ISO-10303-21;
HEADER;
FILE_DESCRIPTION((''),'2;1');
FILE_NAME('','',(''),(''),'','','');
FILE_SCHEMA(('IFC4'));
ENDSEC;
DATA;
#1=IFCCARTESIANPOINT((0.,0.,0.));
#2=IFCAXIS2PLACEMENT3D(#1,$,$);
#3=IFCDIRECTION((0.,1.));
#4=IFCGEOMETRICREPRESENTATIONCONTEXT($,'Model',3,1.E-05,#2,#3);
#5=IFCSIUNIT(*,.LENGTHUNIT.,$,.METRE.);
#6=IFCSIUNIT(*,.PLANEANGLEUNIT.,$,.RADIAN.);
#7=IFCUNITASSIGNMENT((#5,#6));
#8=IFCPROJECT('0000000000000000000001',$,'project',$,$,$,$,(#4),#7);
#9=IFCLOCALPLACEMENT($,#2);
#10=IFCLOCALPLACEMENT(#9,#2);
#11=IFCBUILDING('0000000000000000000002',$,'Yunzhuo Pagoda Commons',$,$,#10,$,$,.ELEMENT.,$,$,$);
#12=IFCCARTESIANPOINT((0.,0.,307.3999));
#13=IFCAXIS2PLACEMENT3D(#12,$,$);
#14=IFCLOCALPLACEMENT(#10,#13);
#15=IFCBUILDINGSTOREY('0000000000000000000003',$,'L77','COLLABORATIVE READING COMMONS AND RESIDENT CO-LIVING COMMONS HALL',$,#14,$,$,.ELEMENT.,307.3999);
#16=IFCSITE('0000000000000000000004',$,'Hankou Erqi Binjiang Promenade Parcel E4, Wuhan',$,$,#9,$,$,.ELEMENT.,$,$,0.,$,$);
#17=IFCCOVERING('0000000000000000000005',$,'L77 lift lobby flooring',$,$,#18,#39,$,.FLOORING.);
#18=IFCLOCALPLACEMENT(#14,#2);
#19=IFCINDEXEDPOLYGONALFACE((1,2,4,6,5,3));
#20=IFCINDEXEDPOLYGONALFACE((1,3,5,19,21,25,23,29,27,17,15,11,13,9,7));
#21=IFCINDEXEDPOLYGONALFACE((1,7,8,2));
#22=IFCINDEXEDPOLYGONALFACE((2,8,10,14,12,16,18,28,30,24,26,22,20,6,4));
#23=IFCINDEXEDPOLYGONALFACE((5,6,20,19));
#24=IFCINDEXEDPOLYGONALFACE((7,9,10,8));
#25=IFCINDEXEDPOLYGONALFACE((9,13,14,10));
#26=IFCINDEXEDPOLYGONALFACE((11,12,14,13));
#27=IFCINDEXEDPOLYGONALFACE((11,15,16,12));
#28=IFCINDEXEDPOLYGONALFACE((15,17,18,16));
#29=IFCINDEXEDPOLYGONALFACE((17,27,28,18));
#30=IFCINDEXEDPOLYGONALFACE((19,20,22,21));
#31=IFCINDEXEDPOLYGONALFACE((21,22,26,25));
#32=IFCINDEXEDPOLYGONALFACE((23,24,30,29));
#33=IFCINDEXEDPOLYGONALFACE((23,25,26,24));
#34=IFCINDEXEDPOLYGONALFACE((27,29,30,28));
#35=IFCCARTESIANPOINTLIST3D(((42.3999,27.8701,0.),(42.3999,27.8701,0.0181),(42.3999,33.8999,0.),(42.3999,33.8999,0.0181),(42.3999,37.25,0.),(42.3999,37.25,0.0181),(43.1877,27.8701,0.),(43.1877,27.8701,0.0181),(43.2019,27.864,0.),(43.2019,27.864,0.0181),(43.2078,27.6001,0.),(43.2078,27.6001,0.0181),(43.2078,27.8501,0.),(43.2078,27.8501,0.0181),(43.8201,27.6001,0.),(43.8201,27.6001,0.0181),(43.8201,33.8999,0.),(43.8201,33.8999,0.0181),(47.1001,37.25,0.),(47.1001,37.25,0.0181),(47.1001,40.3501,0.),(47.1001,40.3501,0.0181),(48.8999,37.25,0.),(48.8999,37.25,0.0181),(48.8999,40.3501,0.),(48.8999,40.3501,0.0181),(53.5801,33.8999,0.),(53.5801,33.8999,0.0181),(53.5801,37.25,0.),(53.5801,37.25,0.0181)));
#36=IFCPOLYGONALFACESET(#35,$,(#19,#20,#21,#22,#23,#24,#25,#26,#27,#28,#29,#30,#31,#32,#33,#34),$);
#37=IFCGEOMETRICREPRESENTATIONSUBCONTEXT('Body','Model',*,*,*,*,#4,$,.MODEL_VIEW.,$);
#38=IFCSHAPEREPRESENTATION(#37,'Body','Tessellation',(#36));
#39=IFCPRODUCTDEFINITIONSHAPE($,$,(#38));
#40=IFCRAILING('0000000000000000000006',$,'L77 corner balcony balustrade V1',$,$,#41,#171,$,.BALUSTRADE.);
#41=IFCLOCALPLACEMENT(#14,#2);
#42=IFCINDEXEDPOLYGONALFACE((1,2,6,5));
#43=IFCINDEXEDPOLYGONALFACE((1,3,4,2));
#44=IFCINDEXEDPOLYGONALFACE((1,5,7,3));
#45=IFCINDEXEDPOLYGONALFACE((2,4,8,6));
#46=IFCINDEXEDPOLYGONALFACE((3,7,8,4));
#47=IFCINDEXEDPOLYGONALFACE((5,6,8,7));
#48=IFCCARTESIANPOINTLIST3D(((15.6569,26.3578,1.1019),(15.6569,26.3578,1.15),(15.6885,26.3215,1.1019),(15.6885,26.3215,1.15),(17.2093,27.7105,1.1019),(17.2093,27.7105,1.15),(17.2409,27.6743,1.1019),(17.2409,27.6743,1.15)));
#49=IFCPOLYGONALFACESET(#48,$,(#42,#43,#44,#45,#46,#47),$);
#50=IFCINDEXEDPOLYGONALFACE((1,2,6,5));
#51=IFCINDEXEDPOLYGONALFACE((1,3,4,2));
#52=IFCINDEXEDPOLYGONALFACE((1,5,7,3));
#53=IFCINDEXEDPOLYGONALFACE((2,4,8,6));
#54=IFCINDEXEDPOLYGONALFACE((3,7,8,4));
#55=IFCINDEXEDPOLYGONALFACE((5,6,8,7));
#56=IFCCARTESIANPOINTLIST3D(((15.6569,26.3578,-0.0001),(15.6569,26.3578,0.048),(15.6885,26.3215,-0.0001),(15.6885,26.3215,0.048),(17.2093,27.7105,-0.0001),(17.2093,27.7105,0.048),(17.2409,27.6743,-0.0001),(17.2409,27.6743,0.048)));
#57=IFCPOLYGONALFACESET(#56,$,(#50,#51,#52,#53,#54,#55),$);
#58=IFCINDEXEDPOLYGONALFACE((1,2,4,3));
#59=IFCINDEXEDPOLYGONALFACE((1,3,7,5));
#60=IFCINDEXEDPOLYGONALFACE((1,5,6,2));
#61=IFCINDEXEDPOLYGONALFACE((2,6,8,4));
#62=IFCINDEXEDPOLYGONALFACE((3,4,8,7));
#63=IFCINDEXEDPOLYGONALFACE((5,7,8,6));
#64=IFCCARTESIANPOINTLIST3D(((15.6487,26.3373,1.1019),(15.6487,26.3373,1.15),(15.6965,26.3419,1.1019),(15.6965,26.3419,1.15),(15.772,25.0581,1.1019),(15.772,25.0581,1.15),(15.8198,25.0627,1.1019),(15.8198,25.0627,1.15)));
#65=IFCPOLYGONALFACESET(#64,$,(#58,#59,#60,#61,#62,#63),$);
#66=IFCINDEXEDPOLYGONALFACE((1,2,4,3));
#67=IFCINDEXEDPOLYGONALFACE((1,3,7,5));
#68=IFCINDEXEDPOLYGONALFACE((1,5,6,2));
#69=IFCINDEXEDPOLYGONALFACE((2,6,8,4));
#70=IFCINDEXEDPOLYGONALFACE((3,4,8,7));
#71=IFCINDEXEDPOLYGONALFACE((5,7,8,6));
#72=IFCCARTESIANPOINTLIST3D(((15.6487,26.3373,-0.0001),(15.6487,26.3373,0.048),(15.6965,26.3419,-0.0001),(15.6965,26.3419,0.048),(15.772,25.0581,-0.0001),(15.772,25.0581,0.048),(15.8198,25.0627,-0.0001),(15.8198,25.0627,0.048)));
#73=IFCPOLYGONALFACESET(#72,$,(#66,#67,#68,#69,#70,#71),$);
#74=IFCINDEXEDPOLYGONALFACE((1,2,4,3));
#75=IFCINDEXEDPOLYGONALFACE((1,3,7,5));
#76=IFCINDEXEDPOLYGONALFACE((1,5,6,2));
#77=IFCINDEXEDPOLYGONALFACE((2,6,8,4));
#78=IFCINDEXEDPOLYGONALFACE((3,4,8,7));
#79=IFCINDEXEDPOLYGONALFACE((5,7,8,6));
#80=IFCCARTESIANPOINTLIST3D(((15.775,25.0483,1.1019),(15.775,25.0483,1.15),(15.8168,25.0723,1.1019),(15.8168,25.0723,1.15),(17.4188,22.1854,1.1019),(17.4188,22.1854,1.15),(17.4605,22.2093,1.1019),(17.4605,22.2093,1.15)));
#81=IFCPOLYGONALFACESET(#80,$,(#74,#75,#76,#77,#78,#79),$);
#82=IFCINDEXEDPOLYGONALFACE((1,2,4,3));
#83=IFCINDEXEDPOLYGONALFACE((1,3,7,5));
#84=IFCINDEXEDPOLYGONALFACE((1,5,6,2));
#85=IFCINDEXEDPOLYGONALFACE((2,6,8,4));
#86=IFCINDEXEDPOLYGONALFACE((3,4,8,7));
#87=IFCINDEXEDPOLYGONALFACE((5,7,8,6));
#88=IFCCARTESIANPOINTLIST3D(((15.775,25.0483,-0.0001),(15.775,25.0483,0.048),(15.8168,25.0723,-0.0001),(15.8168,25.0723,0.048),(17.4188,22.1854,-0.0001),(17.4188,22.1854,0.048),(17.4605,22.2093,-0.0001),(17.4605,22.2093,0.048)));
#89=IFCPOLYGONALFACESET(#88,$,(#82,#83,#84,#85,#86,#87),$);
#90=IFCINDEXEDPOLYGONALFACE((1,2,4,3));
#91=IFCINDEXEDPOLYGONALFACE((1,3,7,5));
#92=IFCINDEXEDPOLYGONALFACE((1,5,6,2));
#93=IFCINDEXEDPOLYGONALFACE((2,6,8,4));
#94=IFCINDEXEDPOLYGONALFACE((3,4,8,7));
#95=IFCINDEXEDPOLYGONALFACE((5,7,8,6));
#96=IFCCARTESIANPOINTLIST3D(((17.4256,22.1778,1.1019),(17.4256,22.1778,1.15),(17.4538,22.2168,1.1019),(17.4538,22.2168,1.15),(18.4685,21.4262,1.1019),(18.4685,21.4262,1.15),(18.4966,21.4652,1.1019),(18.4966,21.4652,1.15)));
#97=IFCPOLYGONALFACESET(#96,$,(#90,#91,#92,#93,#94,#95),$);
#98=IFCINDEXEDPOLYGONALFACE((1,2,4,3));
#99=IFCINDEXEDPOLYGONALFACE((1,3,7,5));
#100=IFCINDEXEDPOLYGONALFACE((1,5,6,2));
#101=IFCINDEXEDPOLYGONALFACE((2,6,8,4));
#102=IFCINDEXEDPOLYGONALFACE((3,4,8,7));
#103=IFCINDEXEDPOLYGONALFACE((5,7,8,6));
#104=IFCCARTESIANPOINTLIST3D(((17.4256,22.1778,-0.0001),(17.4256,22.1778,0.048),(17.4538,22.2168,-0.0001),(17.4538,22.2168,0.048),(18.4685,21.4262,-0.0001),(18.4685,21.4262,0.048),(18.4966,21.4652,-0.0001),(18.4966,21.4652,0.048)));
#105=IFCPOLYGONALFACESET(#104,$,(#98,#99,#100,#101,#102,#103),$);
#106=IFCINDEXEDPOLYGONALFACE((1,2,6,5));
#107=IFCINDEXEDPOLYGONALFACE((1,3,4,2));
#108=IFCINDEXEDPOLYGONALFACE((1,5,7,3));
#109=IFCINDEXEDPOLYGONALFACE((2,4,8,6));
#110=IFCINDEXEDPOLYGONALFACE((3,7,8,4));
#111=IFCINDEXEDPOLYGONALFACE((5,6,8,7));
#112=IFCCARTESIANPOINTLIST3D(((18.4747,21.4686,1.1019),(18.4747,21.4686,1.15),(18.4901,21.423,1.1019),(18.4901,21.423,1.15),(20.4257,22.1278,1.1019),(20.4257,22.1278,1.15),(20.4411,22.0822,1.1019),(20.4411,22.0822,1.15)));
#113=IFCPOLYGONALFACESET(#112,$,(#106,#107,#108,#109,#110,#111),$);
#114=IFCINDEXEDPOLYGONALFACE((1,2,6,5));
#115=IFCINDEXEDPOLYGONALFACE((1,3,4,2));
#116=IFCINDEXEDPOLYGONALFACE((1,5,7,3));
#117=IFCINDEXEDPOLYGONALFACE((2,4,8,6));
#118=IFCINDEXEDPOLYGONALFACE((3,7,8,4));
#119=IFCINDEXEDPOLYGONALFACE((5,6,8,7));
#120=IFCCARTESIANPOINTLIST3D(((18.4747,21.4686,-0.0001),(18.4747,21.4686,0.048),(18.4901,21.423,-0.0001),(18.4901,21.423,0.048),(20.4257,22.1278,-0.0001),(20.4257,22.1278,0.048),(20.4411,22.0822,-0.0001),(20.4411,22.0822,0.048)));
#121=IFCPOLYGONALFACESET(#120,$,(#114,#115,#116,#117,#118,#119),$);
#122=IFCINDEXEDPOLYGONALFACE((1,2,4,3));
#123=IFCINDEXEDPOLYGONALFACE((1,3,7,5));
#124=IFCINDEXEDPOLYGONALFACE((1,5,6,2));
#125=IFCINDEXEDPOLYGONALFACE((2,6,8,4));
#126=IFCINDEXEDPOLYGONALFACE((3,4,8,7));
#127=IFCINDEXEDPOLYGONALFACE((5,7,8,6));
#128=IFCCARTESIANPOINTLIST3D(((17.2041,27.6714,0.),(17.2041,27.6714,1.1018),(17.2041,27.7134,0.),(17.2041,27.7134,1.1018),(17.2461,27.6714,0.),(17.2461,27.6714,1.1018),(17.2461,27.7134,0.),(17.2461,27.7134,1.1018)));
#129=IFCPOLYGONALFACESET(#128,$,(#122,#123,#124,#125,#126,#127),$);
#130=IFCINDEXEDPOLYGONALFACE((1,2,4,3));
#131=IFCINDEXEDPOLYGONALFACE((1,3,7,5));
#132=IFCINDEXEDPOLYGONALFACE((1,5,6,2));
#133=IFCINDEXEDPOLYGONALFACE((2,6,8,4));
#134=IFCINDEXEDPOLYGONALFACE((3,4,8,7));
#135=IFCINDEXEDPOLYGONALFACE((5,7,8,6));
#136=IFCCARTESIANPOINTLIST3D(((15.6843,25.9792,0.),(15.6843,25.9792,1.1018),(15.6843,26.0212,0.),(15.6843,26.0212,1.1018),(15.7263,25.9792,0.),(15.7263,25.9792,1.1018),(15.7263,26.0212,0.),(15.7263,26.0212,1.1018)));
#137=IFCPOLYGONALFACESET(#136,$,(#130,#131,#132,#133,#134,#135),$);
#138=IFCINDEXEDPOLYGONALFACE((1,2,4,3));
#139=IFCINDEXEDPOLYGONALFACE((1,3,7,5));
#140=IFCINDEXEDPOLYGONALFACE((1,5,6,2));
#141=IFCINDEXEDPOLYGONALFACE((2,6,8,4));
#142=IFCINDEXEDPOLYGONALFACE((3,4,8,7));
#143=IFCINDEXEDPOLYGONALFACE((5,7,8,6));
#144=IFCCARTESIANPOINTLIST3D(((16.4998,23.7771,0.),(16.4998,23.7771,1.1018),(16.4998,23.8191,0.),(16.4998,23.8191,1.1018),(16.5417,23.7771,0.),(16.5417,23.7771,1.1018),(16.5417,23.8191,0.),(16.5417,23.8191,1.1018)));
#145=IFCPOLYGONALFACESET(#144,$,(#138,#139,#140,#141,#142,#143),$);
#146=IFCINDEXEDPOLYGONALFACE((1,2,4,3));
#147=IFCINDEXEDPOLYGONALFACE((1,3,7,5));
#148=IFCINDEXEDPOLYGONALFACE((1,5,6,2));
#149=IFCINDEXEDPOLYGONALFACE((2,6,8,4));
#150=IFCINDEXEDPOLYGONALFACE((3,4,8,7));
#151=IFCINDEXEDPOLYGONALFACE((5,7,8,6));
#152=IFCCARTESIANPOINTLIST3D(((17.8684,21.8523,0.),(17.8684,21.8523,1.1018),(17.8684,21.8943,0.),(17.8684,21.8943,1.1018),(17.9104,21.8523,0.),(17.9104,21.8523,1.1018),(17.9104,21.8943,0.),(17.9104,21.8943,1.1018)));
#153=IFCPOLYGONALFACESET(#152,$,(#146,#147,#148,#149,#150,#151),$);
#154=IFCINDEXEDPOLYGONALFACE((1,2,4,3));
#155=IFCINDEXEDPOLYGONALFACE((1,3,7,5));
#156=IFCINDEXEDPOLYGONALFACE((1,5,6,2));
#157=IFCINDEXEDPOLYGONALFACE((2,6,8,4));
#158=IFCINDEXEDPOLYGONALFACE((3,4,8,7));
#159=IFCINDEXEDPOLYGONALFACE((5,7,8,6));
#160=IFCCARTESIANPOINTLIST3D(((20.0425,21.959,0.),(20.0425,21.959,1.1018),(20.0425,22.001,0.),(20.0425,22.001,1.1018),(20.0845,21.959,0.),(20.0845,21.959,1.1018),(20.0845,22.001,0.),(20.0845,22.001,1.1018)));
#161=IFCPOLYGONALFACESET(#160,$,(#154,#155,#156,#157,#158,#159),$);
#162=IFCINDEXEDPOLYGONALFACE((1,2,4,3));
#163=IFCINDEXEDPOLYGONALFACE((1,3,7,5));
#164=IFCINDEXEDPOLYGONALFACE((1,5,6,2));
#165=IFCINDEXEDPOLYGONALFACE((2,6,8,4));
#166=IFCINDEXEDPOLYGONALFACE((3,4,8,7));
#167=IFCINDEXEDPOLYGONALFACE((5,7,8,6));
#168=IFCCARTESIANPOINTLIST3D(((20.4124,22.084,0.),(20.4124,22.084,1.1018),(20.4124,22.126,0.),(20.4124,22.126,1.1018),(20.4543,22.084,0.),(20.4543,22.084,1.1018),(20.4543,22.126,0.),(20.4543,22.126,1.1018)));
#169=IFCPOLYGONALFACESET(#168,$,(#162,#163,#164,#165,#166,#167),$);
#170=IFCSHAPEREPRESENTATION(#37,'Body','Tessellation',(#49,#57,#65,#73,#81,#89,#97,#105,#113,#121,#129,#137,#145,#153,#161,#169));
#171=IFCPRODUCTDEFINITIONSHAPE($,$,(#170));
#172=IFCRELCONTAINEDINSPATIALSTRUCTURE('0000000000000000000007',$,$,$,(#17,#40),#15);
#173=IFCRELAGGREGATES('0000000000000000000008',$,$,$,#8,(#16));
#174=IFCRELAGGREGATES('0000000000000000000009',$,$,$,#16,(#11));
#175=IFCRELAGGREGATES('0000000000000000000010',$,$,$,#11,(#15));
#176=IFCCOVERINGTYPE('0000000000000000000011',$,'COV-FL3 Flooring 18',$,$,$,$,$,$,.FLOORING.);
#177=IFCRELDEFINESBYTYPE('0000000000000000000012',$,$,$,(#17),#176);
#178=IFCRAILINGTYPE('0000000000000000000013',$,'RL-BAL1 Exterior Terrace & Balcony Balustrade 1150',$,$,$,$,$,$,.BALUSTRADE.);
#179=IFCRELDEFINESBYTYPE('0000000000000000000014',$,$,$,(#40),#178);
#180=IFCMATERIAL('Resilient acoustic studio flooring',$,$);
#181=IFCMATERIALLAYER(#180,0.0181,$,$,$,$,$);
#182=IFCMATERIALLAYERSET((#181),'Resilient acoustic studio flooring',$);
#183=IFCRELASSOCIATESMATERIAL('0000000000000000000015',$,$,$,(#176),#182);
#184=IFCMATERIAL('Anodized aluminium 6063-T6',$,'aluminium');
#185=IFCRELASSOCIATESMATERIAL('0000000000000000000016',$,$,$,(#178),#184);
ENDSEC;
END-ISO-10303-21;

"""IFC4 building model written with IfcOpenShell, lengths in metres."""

from ifc_helpers import new_model, si_unit, direction, frame, origin, origin_2d, place, context, subcontext, project, spatial, polyline, rectangle, outline, extrude, material, layer, layer_set, type_object, element, save


model = new_model("IFC4")

# Units and contexts
model_context = context("Model", 3, precision=1e-05, world=origin(), true_north=direction((0.0, 1.0)))
body_context = subcontext(model_context, "Body", "Model", "MODEL_VIEW")
ifc_project = project(units=[si_unit("LENGTHUNIT", "METRE"), si_unit("PLANEANGLEUNIT", "RADIAN")], contexts=[model_context])

# Site, building, storey
site_placement = place(None, origin())
site = spatial("IfcSite", under=ifc_project, at=site_placement, Name="Hankou Erqi Binjiang Promenade Parcel E4, Wuhan", CompositionType="ELEMENT", RefElevation=0.0)
building_placement = place(site_placement, origin())
building = spatial("IfcBuilding", under=site, at=building_placement, Name="Yunzhuo Pagoda Commons", CompositionType="ELEMENT")
storey_placement = place(building_placement, frame((0.0, 0.0, 307.3999)))
storey = spatial("IfcBuildingStorey", under=building, at=storey_placement, Name="L77", Description="COLLABORATIVE READING COMMONS AND RESIDENT CO-LIVING COMMONS HALL", CompositionType="ELEMENT", Elevation=307.3999)

# Shared definitions
ifc_material_1 = material(Name="Anodized aluminium 6063-T6", Category="aluminium")

# Covering
ifc_material_2 = material(Name="Resilient acoustic studio flooring")
ifc_layer_1 = layer(ifc_material_2, 0.0181)
ifc_layer_set_1 = layer_set([ifc_layer_1], Name="Resilient acoustic studio flooring")
covering_type_1 = type_object("IfcCoveringType", Name="COV-FL3 Flooring 18", PredefinedType="FLOORING", material=ifc_layer_set_1)
covering_1_placement = place(storey_placement, origin())
element("IfcCovering", 1, at=covering_1_placement, inside=storey, type_object=covering_type_1, Name="L77 lift lobby flooring", PredefinedType="FLOORING", context=body_context, shape_type="SweptSolid", body=[
    extrude(outline(polyline([(43.2078, 27.8501), (43.2019, 27.864), (43.1877, 27.8701), (42.3999, 27.8701), (42.3999, 33.8999), (42.3999, 37.25), (47.1001, 37.25), (47.1001, 40.3501), (48.8999, 40.3501), (48.8999, 37.25), (53.5801, 37.25), (53.5801, 33.8999), (43.8201, 33.8999), (43.8201, 27.6001), (43.2078, 27.6001), (43.2078, 27.8501)])), origin(), (0.0, 0.0, 1.0), 0.0181),
])

# Railing
railing_type = type_object("IfcRailingType", Name="RL-BAL1 Exterior Terrace & Balcony Balustrade 1150", PredefinedType="BALUSTRADE", material=ifc_material_1)
railing_placement = place(storey_placement, frame((17.2251, 27.6924, 0.0)))
element("IfcRailing", 2, at=railing_placement, inside=storey, type_object=railing_type, Name="L77 corner balcony balustrade V1", PredefinedType="BALUSTRADE", context=body_context, shape_type="SweptSolid", body=[
    extrude(rectangle(XDim=0.0481, YDim=0.0481, at=origin_2d()), frame((0.0, 0.0, 1.126), z_axis=(-0.753934, -0.65695, 0.0), x_axis=(0.65695, -0.753934, 0.0)), (0.0, 0.0, 1.0), 2.0591),
    extrude(rectangle(XDim=0.0481, YDim=0.0481, at=origin_2d()), frame((0.0, 0.0, 0.0239), z_axis=(-0.753934, -0.65695, 0.0), x_axis=(0.65695, -0.753934, 0.0)), (0.0, 0.0, 1.0), 2.0591),
    extrude(rectangle(XDim=0.0481, YDim=0.0481, at=origin_2d()), frame((-1.5525, -1.3528, 1.126), z_axis=(0.09593, -0.995388, 0.0), x_axis=(0.995388, 0.09593, 0.0)), (0.0, 0.0, 1.0), 1.2852),
    extrude(rectangle(XDim=0.0481, YDim=0.0481, at=origin_2d()), frame((-1.5525, -1.3528, 0.0239), z_axis=(0.09593, -0.995388, 0.0), x_axis=(0.995388, 0.09593, 0.0)), (0.0, 0.0, 1.0), 1.2852),
    extrude(rectangle(XDim=0.0481, YDim=0.0481, at=origin_2d()), frame((-1.4292, -2.6321, 1.126), z_axis=(0.497914, -0.867226, 0.0), x_axis=(0.867226, 0.497914, 0.0)), (0.0, 0.0, 1.0), 3.3013),
    extrude(rectangle(XDim=0.0481, YDim=0.0481, at=origin_2d()), frame((-1.4292, -2.6321, 0.0239), z_axis=(0.497914, -0.867226, 0.0), x_axis=(0.867226, 0.497914, 0.0)), (0.0, 0.0, 1.0), 3.3013),
    extrude(rectangle(XDim=0.0481, YDim=0.0481, at=origin_2d()), frame((0.2146, -5.4951, 1.126), z_axis=(0.811275, -0.584665, 0.0), x_axis=(0.584665, 0.811275, 0.0)), (0.0, 0.0, 1.0), 1.2854),
    extrude(rectangle(XDim=0.0481, YDim=0.0481, at=origin_2d()), frame((0.2146, -5.4951, 0.0239), z_axis=(0.811275, -0.584665, 0.0), x_axis=(0.584665, 0.811275, 0.0)), (0.0, 0.0, 1.0), 1.2854),
    extrude(rectangle(XDim=0.0481, YDim=0.0481, at=origin_2d()), frame((1.2573, -6.2466, 1.126), z_axis=(0.947383, 0.320102, 0.0), x_axis=(-0.320102, 0.947383, 0.0)), (0.0, 0.0, 1.0), 2.0593),
    extrude(rectangle(XDim=0.0481, YDim=0.0481, at=origin_2d()), frame((1.2573, -6.2466, 0.0239), z_axis=(0.947383, 0.320102, 0.0), x_axis=(-0.320102, 0.947383, 0.0)), (0.0, 0.0, 1.0), 2.0593),
    extrude(rectangle(XDim=0.042, YDim=0.042, at=origin_2d()), origin(), (0.0, 0.0, 1.0), 1.1018),
    extrude(rectangle(XDim=0.042, YDim=0.042, at=origin_2d()), frame((-1.5198, -1.6921, 0.0)), (0.0, 0.0, 1.0), 1.1018),
    extrude(rectangle(XDim=0.042, YDim=0.042, at=origin_2d()), frame((-0.7043, -3.8943, 0.0)), (0.0, 0.0, 1.0), 1.1018),
    extrude(rectangle(XDim=0.042, YDim=0.042, at=origin_2d()), frame((0.6643, -5.8191, 0.0)), (0.0, 0.0, 1.0), 1.1018),
    extrude(rectangle(XDim=0.042, YDim=0.042, at=origin_2d()), frame((2.8384, -5.7124, 0.0)), (0.0, 0.0, 1.0), 1.1018),
    extrude(rectangle(XDim=0.042, YDim=0.042, at=origin_2d()), frame((3.2083, -5.5874, 0.0)), (0.0, 0.0, 1.0), 1.1018),
])

save(model, "model.ifc")
